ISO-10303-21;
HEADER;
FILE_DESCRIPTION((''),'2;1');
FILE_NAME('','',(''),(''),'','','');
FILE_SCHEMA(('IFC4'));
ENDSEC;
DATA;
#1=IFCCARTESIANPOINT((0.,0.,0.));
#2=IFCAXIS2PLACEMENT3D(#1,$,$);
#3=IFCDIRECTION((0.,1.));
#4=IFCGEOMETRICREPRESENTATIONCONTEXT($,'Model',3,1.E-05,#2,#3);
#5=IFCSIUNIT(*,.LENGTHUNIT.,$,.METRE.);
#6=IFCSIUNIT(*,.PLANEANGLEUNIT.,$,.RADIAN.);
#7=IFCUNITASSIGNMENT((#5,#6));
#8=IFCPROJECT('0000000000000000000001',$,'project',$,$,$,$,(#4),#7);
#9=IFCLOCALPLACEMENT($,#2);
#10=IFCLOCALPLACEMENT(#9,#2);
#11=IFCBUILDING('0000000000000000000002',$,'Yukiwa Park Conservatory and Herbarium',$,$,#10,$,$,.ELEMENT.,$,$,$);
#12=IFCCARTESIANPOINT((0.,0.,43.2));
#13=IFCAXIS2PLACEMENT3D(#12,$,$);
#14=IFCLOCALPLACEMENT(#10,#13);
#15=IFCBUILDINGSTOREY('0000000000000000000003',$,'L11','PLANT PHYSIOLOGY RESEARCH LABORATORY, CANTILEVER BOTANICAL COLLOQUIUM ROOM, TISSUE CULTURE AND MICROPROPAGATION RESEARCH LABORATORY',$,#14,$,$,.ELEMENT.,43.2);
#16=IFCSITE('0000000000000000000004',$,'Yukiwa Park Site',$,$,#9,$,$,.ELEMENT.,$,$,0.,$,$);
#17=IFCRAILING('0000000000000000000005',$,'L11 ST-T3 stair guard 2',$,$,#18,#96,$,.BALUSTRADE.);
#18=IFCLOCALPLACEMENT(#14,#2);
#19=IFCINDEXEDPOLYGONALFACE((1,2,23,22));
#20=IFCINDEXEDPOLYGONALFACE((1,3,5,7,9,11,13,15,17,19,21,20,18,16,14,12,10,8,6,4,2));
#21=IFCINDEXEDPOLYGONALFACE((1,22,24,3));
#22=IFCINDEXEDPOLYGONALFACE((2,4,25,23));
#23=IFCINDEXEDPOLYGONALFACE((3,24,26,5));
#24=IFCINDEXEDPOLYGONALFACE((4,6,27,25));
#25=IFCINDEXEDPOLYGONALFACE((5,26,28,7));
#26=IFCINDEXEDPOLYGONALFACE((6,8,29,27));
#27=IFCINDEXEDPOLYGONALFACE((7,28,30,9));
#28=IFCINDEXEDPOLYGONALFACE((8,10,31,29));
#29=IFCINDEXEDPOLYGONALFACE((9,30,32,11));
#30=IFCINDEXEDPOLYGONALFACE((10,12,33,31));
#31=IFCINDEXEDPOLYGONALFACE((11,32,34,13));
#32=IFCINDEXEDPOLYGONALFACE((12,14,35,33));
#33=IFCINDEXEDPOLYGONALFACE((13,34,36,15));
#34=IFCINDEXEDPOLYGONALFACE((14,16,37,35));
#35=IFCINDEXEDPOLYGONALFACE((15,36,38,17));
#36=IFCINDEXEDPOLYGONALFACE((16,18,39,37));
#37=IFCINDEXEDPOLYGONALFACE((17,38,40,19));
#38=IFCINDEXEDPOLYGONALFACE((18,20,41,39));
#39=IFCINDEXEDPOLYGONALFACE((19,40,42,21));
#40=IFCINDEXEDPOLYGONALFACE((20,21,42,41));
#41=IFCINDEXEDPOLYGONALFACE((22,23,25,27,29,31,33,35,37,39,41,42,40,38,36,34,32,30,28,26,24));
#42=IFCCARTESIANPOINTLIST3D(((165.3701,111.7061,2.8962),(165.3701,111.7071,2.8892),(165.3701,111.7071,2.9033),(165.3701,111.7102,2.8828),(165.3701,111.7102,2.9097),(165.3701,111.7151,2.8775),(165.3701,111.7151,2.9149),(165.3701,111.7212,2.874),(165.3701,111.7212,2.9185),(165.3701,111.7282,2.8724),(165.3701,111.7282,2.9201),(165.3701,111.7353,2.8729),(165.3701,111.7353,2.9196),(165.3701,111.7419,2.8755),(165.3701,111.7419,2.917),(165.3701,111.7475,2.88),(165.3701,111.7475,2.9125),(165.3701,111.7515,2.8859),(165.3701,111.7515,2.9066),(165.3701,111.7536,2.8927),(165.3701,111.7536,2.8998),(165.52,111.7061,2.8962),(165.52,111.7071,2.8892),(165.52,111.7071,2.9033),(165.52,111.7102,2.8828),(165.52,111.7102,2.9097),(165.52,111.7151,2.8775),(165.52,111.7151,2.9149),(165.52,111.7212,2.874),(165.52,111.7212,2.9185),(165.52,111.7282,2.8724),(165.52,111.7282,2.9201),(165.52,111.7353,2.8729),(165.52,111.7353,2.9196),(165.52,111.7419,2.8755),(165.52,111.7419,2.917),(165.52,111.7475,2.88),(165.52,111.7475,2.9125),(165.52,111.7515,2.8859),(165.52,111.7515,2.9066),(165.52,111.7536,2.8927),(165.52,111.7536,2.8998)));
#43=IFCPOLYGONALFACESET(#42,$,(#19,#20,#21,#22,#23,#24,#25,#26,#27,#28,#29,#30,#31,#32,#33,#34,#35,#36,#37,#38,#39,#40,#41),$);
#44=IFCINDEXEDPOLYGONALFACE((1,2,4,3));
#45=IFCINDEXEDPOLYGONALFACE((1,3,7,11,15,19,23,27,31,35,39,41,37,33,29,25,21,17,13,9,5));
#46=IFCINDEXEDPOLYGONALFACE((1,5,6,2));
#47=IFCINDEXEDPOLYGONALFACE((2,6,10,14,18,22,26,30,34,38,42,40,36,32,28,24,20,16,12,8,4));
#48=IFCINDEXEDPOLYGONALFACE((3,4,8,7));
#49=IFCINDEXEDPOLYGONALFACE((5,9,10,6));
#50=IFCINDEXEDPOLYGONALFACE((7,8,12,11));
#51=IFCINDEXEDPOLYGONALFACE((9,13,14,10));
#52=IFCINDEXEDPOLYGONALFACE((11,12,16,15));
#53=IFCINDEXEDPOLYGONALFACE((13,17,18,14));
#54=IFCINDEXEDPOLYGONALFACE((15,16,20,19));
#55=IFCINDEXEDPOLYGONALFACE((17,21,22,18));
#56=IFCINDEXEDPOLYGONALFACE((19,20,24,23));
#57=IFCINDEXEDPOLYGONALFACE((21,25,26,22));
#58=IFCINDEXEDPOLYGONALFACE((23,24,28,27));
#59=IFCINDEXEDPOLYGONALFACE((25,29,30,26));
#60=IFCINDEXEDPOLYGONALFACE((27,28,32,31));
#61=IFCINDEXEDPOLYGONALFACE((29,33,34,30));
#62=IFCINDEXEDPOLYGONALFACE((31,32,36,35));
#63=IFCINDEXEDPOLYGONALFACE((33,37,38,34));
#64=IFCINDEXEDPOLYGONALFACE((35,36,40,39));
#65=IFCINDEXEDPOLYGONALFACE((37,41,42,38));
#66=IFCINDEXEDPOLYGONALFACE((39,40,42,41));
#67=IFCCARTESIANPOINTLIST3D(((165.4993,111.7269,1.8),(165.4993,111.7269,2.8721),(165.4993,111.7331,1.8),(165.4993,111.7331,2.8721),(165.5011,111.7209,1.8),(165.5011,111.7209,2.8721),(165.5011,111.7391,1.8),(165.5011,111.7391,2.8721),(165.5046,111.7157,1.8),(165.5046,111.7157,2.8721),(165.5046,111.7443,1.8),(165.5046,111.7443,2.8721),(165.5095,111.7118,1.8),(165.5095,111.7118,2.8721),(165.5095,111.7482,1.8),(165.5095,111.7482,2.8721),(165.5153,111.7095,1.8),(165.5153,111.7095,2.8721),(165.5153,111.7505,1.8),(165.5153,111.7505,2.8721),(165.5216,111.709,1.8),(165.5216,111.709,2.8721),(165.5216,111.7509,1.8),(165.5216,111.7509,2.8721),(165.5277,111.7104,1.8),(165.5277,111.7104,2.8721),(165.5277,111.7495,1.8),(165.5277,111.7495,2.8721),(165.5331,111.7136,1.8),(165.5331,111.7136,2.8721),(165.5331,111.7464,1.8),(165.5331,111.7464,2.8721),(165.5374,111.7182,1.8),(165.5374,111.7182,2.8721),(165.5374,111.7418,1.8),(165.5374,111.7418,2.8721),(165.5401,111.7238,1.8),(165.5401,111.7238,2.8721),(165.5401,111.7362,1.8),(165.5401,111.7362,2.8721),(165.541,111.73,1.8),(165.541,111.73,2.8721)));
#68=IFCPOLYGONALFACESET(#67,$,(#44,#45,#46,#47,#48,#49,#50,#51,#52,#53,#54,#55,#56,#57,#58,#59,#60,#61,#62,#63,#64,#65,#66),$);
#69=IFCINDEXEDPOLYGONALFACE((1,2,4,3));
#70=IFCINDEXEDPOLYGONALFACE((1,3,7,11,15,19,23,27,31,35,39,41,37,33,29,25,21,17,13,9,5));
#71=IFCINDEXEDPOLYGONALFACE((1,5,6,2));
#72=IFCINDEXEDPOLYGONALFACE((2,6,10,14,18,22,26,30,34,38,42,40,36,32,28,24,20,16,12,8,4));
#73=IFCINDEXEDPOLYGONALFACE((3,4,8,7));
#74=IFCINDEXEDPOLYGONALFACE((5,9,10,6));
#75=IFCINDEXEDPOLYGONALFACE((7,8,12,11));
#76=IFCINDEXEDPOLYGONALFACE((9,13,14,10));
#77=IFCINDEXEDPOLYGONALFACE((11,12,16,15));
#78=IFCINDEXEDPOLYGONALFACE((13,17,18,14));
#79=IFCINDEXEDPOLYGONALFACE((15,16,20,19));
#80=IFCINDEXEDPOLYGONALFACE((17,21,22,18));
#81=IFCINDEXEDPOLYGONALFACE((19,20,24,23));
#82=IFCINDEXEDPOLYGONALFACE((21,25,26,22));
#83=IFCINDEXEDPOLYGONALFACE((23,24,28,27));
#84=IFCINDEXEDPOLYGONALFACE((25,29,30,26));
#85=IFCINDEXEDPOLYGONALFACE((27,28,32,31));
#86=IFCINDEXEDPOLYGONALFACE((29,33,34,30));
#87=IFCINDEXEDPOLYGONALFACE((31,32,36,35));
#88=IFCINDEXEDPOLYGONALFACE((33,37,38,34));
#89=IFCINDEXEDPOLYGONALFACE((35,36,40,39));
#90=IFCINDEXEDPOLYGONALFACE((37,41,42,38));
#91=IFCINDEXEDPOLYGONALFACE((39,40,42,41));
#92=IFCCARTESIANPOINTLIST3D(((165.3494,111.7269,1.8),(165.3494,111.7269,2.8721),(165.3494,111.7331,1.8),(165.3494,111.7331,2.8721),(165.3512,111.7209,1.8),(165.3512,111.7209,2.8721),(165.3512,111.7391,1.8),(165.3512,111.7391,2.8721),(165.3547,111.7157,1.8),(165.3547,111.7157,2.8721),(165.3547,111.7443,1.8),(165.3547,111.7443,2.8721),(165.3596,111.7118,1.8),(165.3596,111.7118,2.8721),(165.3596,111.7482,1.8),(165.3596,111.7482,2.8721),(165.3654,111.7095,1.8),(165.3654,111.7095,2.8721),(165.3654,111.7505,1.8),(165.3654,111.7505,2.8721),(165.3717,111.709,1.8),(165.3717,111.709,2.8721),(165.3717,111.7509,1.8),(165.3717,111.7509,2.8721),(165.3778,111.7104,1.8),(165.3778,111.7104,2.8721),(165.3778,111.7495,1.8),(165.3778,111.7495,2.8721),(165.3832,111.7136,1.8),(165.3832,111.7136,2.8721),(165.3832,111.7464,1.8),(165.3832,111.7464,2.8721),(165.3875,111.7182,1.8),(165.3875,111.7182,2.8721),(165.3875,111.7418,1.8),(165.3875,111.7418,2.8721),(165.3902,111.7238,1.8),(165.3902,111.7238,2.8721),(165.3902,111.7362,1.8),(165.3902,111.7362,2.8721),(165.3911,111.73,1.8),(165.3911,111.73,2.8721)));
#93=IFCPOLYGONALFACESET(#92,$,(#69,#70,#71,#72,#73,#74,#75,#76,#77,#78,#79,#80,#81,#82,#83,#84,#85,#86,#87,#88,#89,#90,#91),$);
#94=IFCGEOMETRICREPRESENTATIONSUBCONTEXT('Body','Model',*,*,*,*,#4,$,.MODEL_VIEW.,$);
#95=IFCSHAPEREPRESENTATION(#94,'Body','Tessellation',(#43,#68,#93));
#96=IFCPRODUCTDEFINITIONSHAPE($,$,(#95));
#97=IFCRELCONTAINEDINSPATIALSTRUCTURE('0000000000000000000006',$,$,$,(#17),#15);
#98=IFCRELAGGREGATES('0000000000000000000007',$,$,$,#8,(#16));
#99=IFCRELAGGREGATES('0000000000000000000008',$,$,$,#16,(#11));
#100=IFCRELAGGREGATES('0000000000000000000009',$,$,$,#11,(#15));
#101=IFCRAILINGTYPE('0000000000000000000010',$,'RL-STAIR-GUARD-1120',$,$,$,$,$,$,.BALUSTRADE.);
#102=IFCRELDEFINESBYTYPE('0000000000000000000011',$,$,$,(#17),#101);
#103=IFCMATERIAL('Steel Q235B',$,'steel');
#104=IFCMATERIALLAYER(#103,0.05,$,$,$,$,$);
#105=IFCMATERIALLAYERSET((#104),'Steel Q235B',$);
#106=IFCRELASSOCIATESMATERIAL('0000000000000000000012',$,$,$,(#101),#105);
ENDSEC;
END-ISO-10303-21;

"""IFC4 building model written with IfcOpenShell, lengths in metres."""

from ifc_helpers import new_model, si_unit, direction, frame, origin, origin_2d, place, context, subcontext, project, spatial, circle, extrude, material, layer, layer_set, type_object, element, save


model = new_model("IFC4")

# Units and contexts
model_context = context("Model", 3, precision=1e-05, world=origin(), true_north=direction((0.0, 1.0)))
body_context = subcontext(model_context, "Body", "Model", "MODEL_VIEW")
ifc_project = project(units=[si_unit("LENGTHUNIT", "METRE"), si_unit("PLANEANGLEUNIT", "RADIAN")], contexts=[model_context])

# Site, building, storey
site_placement = place(None, origin())
site = spatial("IfcSite", under=ifc_project, at=site_placement, Name="Yukiwa Park Site", CompositionType="ELEMENT", RefElevation=0.0)
building_placement = place(site_placement, origin())
building = spatial("IfcBuilding", under=site, at=building_placement, Name="Yukiwa Park Conservatory and Herbarium", CompositionType="ELEMENT")
storey_placement = place(building_placement, frame((0.0, 0.0, 43.2)))
storey = spatial("IfcBuildingStorey", under=building, at=storey_placement, Name="L11", Description="PLANT PHYSIOLOGY RESEARCH LABORATORY, CANTILEVER BOTANICAL COLLOQUIUM ROOM, TISSUE CULTURE AND MICROPROPAGATION RESEARCH LABORATORY", CompositionType="ELEMENT", Elevation=43.2)

# Railing
ifc_material_1 = material(Name="Steel Q235B", Category="steel")
ifc_layer_1 = layer(ifc_material_1, 0.05)
ifc_layer_set_1 = layer_set([ifc_layer_1], Name="Steel Q235B")
railing_type_1 = type_object("IfcRailingType", Name="RL-STAIR-GUARD-1120", PredefinedType="BALUSTRADE", material=ifc_layer_set_1)
railing_1_placement = place(storey_placement, frame((165.52, 111.73, 1.8)))
element("IfcRailing", 1, at=railing_1_placement, inside=storey, type_object=railing_type_1, Name="L11 ST-T3 stair guard 2", PredefinedType="BALUSTRADE", context=body_context, shape_type="SweptSolid", body=[
    extrude(circle(Radius=0.0239, at=origin_2d()), frame((0.0, 0.0, 1.0962), z_axis=(-1.0, 0.0, 0.0), x_axis=(0.0, -1.0, 0.0)), (0.0, 0.0, 1.0), 0.1499),
    extrude(circle(Radius=0.021, at=origin_2d()), origin(), (0.0, 0.0, 1.0), 1.072),
    extrude(circle(Radius=0.021, at=origin_2d()), frame((-0.1499, 0.0, 0.0)), (0.0, 0.0, 1.0), 1.072),
])

save(model, "model.ifc")
